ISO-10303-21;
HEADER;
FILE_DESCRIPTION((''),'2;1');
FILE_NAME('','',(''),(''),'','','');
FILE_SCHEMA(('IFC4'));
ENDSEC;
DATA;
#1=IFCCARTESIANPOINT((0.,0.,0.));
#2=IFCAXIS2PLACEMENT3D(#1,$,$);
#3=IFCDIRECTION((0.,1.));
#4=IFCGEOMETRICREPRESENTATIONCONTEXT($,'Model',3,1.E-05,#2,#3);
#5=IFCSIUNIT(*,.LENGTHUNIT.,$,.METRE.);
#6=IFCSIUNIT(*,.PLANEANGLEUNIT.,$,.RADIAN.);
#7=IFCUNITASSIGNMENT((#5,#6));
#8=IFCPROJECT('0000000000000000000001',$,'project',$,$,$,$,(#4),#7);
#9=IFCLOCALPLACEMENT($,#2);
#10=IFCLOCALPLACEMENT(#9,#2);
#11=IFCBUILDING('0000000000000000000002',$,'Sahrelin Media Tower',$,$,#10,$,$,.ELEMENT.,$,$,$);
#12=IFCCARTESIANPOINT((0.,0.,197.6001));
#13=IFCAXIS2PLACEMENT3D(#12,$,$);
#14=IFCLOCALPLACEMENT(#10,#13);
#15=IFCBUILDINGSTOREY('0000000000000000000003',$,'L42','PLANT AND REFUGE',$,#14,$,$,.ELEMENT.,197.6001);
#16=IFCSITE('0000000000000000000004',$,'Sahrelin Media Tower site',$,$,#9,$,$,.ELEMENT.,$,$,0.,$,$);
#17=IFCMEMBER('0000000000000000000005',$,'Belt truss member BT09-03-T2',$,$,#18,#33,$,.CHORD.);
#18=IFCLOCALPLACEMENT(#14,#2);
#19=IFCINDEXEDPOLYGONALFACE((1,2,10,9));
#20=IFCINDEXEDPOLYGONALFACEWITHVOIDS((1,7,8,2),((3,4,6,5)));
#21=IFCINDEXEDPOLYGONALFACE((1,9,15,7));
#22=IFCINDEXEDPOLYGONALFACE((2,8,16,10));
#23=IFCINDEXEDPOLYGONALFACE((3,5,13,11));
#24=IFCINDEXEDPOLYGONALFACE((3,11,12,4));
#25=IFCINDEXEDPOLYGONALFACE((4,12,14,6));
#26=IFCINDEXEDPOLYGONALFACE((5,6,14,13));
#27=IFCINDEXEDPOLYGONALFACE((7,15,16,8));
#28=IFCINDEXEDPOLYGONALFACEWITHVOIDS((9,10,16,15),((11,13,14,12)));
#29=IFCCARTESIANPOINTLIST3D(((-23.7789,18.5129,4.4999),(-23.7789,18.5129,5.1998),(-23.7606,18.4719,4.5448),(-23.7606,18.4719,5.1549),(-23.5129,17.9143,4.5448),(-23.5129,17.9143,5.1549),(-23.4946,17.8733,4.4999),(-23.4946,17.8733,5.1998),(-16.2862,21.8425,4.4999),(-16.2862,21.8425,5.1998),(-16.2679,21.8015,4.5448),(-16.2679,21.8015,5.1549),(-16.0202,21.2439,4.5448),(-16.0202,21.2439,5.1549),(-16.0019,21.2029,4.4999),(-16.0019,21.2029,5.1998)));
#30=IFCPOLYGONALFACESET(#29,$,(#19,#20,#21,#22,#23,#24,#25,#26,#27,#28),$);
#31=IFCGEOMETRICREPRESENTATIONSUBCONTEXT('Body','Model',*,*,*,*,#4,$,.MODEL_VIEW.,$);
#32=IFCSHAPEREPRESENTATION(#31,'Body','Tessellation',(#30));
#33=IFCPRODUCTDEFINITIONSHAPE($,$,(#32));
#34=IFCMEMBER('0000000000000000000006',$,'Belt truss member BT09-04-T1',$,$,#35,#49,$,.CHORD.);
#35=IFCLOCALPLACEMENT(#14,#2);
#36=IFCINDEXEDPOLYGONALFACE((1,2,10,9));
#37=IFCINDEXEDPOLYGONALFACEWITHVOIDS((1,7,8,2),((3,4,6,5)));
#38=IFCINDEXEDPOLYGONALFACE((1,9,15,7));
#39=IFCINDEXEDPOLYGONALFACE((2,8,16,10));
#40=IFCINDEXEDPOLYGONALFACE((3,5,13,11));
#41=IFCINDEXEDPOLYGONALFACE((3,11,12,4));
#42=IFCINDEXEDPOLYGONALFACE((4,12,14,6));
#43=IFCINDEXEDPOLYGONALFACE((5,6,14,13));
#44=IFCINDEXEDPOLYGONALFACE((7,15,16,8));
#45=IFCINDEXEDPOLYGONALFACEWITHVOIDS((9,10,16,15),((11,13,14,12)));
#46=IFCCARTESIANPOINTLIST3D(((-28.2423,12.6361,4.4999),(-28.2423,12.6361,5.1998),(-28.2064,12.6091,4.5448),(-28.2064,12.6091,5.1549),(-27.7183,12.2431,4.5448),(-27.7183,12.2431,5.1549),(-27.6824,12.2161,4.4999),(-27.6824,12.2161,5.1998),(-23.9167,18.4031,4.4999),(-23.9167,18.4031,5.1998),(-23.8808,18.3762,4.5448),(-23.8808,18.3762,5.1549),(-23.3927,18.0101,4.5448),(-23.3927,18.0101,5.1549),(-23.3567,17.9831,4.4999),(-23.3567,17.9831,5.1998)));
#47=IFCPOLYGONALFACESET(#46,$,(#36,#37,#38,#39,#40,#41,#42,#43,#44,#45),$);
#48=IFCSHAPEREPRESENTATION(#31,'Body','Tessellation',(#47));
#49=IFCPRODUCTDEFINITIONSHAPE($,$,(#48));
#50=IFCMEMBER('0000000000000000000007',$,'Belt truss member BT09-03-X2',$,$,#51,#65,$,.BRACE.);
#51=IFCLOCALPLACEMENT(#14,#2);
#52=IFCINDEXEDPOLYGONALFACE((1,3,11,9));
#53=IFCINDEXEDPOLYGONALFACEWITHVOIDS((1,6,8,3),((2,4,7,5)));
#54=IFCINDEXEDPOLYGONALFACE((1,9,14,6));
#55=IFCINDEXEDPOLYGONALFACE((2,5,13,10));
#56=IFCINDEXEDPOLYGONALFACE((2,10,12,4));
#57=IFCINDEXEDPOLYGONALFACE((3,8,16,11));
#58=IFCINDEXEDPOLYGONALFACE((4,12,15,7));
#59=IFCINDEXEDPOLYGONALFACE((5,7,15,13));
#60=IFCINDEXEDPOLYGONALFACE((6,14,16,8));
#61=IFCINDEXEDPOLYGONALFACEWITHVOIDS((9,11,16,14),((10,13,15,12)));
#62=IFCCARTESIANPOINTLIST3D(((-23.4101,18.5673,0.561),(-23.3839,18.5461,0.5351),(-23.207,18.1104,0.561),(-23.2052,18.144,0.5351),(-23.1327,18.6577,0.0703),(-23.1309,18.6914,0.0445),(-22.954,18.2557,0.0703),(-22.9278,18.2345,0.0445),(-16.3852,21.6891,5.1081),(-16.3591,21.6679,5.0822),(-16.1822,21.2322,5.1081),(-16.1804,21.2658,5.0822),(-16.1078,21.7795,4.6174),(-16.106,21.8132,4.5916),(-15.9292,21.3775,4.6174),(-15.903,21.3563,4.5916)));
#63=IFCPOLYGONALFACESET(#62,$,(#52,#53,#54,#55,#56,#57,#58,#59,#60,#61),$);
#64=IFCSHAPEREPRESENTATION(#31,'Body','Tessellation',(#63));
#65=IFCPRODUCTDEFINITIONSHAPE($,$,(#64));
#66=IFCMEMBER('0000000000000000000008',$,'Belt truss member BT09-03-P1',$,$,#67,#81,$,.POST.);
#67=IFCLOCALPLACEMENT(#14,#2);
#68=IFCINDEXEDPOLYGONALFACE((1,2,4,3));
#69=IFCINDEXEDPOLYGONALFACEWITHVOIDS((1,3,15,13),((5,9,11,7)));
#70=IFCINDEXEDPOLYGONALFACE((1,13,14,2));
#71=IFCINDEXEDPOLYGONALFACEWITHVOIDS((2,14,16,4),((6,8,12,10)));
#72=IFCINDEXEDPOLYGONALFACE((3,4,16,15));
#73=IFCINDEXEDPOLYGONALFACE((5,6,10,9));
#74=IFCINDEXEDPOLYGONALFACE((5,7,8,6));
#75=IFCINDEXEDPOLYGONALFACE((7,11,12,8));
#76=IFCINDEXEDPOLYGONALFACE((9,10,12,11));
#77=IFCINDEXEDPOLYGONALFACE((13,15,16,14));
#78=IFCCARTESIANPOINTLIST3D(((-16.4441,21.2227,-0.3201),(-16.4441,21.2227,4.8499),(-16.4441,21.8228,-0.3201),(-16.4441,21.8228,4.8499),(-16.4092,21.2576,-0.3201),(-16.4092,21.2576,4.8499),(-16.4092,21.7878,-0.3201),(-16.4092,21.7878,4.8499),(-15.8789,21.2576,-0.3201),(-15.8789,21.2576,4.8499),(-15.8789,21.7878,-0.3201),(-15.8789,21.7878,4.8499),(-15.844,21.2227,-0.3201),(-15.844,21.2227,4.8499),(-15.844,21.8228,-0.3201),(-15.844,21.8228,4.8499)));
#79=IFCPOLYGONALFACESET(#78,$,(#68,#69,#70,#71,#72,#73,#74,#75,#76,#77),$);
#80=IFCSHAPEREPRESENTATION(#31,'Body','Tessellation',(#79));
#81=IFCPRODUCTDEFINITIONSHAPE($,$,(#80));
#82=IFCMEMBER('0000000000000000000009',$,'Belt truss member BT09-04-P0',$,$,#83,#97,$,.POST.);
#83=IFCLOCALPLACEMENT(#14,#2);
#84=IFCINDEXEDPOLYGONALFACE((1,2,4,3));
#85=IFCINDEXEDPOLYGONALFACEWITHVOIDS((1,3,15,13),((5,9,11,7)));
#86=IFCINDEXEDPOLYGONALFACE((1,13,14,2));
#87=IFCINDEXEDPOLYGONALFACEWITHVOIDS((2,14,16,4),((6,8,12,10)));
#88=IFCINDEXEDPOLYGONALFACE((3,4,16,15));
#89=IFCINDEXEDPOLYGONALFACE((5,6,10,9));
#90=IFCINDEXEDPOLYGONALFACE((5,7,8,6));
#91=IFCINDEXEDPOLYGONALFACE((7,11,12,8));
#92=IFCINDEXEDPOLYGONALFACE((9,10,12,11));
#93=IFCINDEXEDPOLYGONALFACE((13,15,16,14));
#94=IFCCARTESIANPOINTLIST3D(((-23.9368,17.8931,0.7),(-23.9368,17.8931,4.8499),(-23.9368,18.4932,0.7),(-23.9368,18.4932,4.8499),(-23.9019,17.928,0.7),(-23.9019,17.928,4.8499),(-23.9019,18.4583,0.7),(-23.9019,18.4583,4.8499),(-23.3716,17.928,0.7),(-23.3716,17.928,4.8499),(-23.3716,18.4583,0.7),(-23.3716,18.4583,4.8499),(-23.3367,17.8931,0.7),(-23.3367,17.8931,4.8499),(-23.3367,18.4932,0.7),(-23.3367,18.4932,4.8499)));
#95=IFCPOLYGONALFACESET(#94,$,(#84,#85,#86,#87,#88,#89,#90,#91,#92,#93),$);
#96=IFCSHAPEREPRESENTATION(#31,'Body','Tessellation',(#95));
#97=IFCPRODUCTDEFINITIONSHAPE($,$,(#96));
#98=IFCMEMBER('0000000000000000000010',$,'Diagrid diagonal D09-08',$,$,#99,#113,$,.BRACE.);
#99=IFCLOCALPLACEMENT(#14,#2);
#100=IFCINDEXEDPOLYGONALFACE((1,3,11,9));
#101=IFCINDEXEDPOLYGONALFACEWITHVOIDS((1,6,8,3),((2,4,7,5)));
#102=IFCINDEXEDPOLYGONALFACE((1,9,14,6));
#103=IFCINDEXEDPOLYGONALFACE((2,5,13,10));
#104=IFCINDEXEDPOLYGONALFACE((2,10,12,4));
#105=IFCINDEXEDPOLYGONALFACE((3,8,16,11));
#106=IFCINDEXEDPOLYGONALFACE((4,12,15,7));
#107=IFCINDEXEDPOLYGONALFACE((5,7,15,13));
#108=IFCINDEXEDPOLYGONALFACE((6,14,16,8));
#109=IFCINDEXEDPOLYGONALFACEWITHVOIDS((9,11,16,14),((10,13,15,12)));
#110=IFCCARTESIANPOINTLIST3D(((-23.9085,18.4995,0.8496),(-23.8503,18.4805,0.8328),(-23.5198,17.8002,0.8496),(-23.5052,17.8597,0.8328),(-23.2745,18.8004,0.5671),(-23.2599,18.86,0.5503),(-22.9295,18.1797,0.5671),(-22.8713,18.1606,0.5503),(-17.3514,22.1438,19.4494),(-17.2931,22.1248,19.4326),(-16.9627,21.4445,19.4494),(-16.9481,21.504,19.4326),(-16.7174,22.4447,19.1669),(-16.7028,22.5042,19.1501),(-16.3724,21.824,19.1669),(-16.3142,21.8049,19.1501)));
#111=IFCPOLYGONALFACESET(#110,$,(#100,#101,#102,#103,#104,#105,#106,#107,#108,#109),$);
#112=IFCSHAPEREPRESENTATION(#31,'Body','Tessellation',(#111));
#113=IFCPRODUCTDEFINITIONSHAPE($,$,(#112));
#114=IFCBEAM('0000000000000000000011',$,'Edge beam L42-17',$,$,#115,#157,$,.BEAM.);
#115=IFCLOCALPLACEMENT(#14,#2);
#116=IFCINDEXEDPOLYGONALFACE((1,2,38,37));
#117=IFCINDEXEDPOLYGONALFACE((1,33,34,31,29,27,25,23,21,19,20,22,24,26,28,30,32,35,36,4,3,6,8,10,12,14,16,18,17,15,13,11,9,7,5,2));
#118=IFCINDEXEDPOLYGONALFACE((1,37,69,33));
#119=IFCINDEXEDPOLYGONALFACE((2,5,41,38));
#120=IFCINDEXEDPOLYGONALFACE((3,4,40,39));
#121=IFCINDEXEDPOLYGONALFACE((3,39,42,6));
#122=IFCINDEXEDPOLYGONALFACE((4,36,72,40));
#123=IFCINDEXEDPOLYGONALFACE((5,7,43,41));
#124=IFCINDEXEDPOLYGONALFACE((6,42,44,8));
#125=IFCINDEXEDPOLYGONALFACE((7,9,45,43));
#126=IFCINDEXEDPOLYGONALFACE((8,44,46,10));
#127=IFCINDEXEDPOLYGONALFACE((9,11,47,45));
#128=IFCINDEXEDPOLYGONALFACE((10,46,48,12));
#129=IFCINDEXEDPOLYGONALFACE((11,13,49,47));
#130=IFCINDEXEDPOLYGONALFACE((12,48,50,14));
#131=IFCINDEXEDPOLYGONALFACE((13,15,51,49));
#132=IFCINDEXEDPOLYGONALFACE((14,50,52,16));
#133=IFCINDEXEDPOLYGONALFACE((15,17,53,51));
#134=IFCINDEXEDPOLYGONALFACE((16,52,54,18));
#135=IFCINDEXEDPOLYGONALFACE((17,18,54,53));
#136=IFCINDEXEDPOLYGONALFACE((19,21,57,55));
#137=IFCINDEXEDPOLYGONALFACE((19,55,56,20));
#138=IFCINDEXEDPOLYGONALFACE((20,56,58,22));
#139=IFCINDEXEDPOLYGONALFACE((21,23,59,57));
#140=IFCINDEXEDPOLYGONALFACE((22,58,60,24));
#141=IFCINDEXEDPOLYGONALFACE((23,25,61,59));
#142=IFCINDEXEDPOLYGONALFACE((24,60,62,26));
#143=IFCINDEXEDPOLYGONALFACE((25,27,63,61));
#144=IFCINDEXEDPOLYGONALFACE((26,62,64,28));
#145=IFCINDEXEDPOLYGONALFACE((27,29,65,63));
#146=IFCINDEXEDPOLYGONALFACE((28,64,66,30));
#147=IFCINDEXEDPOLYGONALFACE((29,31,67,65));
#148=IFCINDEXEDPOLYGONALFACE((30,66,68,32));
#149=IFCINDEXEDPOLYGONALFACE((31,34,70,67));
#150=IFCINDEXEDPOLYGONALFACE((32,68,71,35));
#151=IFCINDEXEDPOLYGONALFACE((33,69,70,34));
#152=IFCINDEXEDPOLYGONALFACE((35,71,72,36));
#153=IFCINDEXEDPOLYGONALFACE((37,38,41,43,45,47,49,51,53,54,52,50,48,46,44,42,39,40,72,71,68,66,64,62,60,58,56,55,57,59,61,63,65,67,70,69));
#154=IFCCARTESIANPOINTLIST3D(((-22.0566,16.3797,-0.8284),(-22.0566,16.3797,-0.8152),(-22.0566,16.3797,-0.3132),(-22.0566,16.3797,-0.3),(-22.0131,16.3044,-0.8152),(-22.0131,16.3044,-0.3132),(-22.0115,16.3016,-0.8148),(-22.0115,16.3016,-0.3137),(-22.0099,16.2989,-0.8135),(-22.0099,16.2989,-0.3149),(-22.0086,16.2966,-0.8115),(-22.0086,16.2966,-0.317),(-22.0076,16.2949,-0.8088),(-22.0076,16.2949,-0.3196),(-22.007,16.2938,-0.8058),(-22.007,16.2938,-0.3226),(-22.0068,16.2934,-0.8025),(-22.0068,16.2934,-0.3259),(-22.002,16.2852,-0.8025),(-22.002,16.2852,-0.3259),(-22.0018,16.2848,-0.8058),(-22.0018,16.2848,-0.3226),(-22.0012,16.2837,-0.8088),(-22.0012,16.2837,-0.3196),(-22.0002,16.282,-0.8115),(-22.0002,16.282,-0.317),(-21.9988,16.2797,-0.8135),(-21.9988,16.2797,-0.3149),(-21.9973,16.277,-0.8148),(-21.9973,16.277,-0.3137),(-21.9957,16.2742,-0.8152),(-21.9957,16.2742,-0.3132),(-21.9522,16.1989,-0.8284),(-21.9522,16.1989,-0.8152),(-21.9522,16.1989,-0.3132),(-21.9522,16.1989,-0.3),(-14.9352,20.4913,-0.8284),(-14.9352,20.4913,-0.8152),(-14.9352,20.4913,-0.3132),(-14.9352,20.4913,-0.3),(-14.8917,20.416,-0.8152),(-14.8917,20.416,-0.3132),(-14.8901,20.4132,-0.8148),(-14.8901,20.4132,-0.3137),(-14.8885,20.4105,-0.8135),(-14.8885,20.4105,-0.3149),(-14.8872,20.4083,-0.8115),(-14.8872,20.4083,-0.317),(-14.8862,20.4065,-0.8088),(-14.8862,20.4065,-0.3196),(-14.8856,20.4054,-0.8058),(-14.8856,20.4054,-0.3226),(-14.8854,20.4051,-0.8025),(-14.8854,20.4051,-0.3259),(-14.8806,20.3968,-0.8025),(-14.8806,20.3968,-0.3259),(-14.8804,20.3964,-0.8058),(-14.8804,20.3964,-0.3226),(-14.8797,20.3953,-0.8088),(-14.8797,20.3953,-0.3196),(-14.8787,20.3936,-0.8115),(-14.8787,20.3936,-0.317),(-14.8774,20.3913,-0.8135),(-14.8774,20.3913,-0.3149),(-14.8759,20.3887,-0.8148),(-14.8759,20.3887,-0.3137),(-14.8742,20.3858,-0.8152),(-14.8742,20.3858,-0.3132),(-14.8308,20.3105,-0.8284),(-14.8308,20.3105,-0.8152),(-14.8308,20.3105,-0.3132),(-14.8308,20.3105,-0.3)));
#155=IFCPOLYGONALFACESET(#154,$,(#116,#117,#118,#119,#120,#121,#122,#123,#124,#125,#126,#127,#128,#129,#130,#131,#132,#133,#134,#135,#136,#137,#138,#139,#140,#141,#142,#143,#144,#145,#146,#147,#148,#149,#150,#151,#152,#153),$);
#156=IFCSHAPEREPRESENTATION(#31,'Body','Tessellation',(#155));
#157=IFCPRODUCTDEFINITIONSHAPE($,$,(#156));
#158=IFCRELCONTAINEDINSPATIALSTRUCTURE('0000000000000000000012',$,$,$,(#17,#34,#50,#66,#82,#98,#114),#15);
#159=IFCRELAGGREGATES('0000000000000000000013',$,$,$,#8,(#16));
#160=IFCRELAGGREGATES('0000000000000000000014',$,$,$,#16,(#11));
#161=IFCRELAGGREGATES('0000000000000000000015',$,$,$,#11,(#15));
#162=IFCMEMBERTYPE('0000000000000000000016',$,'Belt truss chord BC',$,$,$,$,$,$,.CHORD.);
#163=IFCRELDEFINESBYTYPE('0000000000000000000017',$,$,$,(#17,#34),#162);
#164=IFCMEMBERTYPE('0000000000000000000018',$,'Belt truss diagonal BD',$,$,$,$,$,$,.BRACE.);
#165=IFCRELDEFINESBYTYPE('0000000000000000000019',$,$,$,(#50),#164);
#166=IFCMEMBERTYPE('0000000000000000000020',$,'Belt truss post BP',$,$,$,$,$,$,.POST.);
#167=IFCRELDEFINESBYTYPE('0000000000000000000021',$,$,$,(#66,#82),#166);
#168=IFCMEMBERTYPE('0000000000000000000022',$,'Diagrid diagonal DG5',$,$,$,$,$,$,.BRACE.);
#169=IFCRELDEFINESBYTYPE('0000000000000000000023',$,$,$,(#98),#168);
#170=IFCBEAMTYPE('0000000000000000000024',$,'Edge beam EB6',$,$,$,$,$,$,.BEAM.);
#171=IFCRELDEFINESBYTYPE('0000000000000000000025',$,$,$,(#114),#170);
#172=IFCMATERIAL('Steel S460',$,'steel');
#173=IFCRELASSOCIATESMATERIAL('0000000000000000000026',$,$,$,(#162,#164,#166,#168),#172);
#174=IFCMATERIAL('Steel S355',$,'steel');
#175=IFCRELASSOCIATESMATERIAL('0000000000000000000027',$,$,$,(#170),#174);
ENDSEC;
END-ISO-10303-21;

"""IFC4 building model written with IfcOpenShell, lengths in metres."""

from ifc_helpers import new_model, si_unit, direction, frame, origin, origin_2d, place, context, subcontext, project, spatial, hollow_rectangle, i_section, extrude, material, material_profile, profile_set, type_object, element, save


model = new_model("IFC4")

# Units and contexts
model_context = context("Model", 3, precision=1e-05, world=origin(), true_north=direction((0.0, 1.0)))
body_context = subcontext(model_context, "Body", "Model", "MODEL_VIEW")
ifc_project = project(units=[si_unit("LENGTHUNIT", "METRE"), si_unit("PLANEANGLEUNIT", "RADIAN")], contexts=[model_context])

# Site, building, storey
site_placement = place(None, origin())
site = spatial("IfcSite", under=ifc_project, at=site_placement, Name="Sahrelin Media Tower site", CompositionType="ELEMENT", RefElevation=0.0)
building_placement = place(site_placement, origin())
building = spatial("IfcBuilding", under=site, at=building_placement, Name="Sahrelin Media Tower", CompositionType="ELEMENT")
storey_placement = place(building_placement, frame((0.0, 0.0, 197.6001)))
storey = spatial("IfcBuildingStorey", under=building, at=storey_placement, Name="L42", Description="PLANT AND REFUGE", CompositionType="ELEMENT", Elevation=197.6001)

# Members
ifc_material_1 = material(Name="Steel S460", Category="steel")
ifc_material_profile_1 = material_profile(ifc_material_1, hollow_rectangle(XDim=0.7, YDim=0.7, WallThickness=0.0449, at=origin_2d()), Name="Belt truss chord BC")
ifc_profile_set_1 = profile_set([ifc_material_profile_1], Name="Steel S460")
member_type_1 = type_object("IfcMemberType", Name="Belt truss chord BC", PredefinedType="CHORD", material=ifc_profile_set_1)
member_1_placement = place(storey_placement, frame((-16.144, 21.5227, 4.8499), z_axis=(-0.913834, -0.406089, 0.0), x_axis=(0.406089, -0.913834, 0.0)))
element("IfcMember", 1, at=member_1_placement, inside=storey, type_object=member_type_1, Name="Belt truss member BT09-03-T2", PredefinedType="CHORD", context=body_context, shape_type="SweptSolid", body=[
    extrude(hollow_rectangle(XDim=0.7, YDim=0.7, WallThickness=0.0449, at=origin_2d()), origin(), (0.0, 0.0, 1.0), 8.1992),
])
member_2_placement = place(storey_placement, frame((-23.6367, 18.1931, 4.8499), z_axis=(-0.600033, -0.799976, 0.0), x_axis=(0.799976, -0.600033, 0.0)))
element("IfcMember", 2, at=member_2_placement, inside=storey, type_object=member_type_1, Name="Belt truss member BT09-04-T1", PredefinedType="CHORD", context=body_context, shape_type="SweptSolid", body=[
    extrude(hollow_rectangle(XDim=0.7, YDim=0.7, WallThickness=0.0449, at=origin_2d()), origin(), (0.0, 0.0, 1.0), 7.209),
])
ifc_material_profile_2 = material_profile(ifc_material_1, hollow_rectangle(XDim=0.5, YDim=0.6001, WallThickness=0.03, at=origin_2d()), Name="Belt truss diagonal BD")
ifc_profile_set_2 = profile_set([ifc_material_profile_2], Name="Steel S460")
member_type_2 = type_object("IfcMemberType", Name="Belt truss diagonal BD", PredefinedType="BRACE", material=ifc_profile_set_2)
member_3_placement = place(storey_placement, frame((-23.1689, 18.4009, 0.3027), z_axis=(0.786533, 0.349531, 0.509111), x_axis=(-0.4061, 0.913829, 0.0)))
element("IfcMember", 3, at=member_3_placement, inside=storey, type_object=member_type_2, Name="Belt truss member BT09-03-X2", PredefinedType="BRACE", context=body_context, shape_type="SweptSolid", body=[
    extrude(hollow_rectangle(XDim=0.5, YDim=0.6001, WallThickness=0.03, at=origin_2d()), origin(), (0.0, 0.0, 1.0), 8.9314),
])
ifc_material_profile_3 = material_profile(ifc_material_1, hollow_rectangle(XDim=0.6001, YDim=0.6001, WallThickness=0.0349, at=origin_2d()), Name="Belt truss post BP")
ifc_profile_set_3 = profile_set([ifc_material_profile_3], Name="Steel S460")
member_type_3 = type_object("IfcMemberType", Name="Belt truss post BP", PredefinedType="POST", material=ifc_profile_set_3)
member_4_placement = place(storey_placement, frame((-16.144, 21.5227, -0.3201), z_axis=(0.0, 0.0, 1.0), x_axis=(1.0, 0.0, 0.0)))
element("IfcMember", 4, at=member_4_placement, inside=storey, type_object=member_type_3, Name="Belt truss member BT09-03-P1", PredefinedType="POST", context=body_context, shape_type="SweptSolid", body=[
    extrude(hollow_rectangle(XDim=0.6001, YDim=0.6001, WallThickness=0.0349, at=origin_2d()), origin(), (0.0, 0.0, 1.0), 5.1699),
])
member_5_placement = place(storey_placement, frame((-23.6367, 18.1931, 0.7), z_axis=(0.0, 0.0, 1.0), x_axis=(1.0, 0.0, 0.0)))
element("IfcMember", 5, at=member_5_placement, inside=storey, type_object=member_type_3, Name="Belt truss member BT09-04-P0", PredefinedType="POST", context=body_context, shape_type="SweptSolid", body=[
    extrude(hollow_rectangle(XDim=0.6001, YDim=0.6001, WallThickness=0.0349, at=origin_2d()), origin(), (0.0, 0.0, 1.0), 4.1499),
])
ifc_material_profile_4 = material_profile(ifc_material_1, hollow_rectangle(XDim=0.8, YDim=0.8, WallThickness=0.0449, at=origin_2d()), Name="Diagrid diagonal DG5")
ifc_profile_set_4 = profile_set([ifc_material_profile_4], Name="Steel S460")
member_type_4 = type_object("IfcMemberType", Name="Diagrid diagonal DG5", PredefinedType="BRACE", material=ifc_profile_set_4)
member_6_placement = place(storey_placement, frame((-23.3899, 18.3301, 0.7), z_axis=(0.326946, 0.181708, 0.92741), x_axis=(-0.485789, 0.874076, 0.0)))
element("IfcMember", 6, at=member_6_placement, inside=storey, type_object=member_type_4, Name="Diagrid diagonal D09-08", PredefinedType="BRACE", context=body_context, shape_type="SweptSolid", body=[
    extrude(hollow_rectangle(XDim=0.8, YDim=0.8, WallThickness=0.0449, at=origin_2d()), origin(), (0.0, 0.0, 1.0), 20.0557),
])

# Beam
ifc_material_2 = material(Name="Steel S355", Category="steel")
ifc_material_profile_5 = material_profile(ifc_material_2, i_section(OverallWidth=0.2087, OverallDepth=0.5283, WebThickness=0.0095, FlangeThickness=0.0132, FilletRadius=0.0127, at=origin_2d()), Name="UB 533x210x82")
ifc_profile_set_5 = profile_set([ifc_material_profile_5], Name="Steel S355")
beam_type_1 = type_object("IfcBeamType", Name="Edge beam EB6", PredefinedType="BEAM", material=ifc_profile_set_5)
beam_1_placement = place(storey_placement, frame((-22.0044, 16.2893, -0.5642), z_axis=(0.866022, 0.500006, 0.0), x_axis=(-0.500006, 0.866022, 0.0)))
element("IfcBeam", 7, at=beam_1_placement, inside=storey, type_object=beam_type_1, Name="Edge beam L42-17", PredefinedType="BEAM", context=body_context, shape_type="SweptSolid", body=[
    extrude(i_section(OverallWidth=0.2087, OverallDepth=0.5283, WebThickness=0.0095, FlangeThickness=0.0132, FilletRadius=0.0127, at=origin_2d()), origin(), (0.0, 0.0, 1.0), 8.2231),
])

save(model, "model.ifc")
